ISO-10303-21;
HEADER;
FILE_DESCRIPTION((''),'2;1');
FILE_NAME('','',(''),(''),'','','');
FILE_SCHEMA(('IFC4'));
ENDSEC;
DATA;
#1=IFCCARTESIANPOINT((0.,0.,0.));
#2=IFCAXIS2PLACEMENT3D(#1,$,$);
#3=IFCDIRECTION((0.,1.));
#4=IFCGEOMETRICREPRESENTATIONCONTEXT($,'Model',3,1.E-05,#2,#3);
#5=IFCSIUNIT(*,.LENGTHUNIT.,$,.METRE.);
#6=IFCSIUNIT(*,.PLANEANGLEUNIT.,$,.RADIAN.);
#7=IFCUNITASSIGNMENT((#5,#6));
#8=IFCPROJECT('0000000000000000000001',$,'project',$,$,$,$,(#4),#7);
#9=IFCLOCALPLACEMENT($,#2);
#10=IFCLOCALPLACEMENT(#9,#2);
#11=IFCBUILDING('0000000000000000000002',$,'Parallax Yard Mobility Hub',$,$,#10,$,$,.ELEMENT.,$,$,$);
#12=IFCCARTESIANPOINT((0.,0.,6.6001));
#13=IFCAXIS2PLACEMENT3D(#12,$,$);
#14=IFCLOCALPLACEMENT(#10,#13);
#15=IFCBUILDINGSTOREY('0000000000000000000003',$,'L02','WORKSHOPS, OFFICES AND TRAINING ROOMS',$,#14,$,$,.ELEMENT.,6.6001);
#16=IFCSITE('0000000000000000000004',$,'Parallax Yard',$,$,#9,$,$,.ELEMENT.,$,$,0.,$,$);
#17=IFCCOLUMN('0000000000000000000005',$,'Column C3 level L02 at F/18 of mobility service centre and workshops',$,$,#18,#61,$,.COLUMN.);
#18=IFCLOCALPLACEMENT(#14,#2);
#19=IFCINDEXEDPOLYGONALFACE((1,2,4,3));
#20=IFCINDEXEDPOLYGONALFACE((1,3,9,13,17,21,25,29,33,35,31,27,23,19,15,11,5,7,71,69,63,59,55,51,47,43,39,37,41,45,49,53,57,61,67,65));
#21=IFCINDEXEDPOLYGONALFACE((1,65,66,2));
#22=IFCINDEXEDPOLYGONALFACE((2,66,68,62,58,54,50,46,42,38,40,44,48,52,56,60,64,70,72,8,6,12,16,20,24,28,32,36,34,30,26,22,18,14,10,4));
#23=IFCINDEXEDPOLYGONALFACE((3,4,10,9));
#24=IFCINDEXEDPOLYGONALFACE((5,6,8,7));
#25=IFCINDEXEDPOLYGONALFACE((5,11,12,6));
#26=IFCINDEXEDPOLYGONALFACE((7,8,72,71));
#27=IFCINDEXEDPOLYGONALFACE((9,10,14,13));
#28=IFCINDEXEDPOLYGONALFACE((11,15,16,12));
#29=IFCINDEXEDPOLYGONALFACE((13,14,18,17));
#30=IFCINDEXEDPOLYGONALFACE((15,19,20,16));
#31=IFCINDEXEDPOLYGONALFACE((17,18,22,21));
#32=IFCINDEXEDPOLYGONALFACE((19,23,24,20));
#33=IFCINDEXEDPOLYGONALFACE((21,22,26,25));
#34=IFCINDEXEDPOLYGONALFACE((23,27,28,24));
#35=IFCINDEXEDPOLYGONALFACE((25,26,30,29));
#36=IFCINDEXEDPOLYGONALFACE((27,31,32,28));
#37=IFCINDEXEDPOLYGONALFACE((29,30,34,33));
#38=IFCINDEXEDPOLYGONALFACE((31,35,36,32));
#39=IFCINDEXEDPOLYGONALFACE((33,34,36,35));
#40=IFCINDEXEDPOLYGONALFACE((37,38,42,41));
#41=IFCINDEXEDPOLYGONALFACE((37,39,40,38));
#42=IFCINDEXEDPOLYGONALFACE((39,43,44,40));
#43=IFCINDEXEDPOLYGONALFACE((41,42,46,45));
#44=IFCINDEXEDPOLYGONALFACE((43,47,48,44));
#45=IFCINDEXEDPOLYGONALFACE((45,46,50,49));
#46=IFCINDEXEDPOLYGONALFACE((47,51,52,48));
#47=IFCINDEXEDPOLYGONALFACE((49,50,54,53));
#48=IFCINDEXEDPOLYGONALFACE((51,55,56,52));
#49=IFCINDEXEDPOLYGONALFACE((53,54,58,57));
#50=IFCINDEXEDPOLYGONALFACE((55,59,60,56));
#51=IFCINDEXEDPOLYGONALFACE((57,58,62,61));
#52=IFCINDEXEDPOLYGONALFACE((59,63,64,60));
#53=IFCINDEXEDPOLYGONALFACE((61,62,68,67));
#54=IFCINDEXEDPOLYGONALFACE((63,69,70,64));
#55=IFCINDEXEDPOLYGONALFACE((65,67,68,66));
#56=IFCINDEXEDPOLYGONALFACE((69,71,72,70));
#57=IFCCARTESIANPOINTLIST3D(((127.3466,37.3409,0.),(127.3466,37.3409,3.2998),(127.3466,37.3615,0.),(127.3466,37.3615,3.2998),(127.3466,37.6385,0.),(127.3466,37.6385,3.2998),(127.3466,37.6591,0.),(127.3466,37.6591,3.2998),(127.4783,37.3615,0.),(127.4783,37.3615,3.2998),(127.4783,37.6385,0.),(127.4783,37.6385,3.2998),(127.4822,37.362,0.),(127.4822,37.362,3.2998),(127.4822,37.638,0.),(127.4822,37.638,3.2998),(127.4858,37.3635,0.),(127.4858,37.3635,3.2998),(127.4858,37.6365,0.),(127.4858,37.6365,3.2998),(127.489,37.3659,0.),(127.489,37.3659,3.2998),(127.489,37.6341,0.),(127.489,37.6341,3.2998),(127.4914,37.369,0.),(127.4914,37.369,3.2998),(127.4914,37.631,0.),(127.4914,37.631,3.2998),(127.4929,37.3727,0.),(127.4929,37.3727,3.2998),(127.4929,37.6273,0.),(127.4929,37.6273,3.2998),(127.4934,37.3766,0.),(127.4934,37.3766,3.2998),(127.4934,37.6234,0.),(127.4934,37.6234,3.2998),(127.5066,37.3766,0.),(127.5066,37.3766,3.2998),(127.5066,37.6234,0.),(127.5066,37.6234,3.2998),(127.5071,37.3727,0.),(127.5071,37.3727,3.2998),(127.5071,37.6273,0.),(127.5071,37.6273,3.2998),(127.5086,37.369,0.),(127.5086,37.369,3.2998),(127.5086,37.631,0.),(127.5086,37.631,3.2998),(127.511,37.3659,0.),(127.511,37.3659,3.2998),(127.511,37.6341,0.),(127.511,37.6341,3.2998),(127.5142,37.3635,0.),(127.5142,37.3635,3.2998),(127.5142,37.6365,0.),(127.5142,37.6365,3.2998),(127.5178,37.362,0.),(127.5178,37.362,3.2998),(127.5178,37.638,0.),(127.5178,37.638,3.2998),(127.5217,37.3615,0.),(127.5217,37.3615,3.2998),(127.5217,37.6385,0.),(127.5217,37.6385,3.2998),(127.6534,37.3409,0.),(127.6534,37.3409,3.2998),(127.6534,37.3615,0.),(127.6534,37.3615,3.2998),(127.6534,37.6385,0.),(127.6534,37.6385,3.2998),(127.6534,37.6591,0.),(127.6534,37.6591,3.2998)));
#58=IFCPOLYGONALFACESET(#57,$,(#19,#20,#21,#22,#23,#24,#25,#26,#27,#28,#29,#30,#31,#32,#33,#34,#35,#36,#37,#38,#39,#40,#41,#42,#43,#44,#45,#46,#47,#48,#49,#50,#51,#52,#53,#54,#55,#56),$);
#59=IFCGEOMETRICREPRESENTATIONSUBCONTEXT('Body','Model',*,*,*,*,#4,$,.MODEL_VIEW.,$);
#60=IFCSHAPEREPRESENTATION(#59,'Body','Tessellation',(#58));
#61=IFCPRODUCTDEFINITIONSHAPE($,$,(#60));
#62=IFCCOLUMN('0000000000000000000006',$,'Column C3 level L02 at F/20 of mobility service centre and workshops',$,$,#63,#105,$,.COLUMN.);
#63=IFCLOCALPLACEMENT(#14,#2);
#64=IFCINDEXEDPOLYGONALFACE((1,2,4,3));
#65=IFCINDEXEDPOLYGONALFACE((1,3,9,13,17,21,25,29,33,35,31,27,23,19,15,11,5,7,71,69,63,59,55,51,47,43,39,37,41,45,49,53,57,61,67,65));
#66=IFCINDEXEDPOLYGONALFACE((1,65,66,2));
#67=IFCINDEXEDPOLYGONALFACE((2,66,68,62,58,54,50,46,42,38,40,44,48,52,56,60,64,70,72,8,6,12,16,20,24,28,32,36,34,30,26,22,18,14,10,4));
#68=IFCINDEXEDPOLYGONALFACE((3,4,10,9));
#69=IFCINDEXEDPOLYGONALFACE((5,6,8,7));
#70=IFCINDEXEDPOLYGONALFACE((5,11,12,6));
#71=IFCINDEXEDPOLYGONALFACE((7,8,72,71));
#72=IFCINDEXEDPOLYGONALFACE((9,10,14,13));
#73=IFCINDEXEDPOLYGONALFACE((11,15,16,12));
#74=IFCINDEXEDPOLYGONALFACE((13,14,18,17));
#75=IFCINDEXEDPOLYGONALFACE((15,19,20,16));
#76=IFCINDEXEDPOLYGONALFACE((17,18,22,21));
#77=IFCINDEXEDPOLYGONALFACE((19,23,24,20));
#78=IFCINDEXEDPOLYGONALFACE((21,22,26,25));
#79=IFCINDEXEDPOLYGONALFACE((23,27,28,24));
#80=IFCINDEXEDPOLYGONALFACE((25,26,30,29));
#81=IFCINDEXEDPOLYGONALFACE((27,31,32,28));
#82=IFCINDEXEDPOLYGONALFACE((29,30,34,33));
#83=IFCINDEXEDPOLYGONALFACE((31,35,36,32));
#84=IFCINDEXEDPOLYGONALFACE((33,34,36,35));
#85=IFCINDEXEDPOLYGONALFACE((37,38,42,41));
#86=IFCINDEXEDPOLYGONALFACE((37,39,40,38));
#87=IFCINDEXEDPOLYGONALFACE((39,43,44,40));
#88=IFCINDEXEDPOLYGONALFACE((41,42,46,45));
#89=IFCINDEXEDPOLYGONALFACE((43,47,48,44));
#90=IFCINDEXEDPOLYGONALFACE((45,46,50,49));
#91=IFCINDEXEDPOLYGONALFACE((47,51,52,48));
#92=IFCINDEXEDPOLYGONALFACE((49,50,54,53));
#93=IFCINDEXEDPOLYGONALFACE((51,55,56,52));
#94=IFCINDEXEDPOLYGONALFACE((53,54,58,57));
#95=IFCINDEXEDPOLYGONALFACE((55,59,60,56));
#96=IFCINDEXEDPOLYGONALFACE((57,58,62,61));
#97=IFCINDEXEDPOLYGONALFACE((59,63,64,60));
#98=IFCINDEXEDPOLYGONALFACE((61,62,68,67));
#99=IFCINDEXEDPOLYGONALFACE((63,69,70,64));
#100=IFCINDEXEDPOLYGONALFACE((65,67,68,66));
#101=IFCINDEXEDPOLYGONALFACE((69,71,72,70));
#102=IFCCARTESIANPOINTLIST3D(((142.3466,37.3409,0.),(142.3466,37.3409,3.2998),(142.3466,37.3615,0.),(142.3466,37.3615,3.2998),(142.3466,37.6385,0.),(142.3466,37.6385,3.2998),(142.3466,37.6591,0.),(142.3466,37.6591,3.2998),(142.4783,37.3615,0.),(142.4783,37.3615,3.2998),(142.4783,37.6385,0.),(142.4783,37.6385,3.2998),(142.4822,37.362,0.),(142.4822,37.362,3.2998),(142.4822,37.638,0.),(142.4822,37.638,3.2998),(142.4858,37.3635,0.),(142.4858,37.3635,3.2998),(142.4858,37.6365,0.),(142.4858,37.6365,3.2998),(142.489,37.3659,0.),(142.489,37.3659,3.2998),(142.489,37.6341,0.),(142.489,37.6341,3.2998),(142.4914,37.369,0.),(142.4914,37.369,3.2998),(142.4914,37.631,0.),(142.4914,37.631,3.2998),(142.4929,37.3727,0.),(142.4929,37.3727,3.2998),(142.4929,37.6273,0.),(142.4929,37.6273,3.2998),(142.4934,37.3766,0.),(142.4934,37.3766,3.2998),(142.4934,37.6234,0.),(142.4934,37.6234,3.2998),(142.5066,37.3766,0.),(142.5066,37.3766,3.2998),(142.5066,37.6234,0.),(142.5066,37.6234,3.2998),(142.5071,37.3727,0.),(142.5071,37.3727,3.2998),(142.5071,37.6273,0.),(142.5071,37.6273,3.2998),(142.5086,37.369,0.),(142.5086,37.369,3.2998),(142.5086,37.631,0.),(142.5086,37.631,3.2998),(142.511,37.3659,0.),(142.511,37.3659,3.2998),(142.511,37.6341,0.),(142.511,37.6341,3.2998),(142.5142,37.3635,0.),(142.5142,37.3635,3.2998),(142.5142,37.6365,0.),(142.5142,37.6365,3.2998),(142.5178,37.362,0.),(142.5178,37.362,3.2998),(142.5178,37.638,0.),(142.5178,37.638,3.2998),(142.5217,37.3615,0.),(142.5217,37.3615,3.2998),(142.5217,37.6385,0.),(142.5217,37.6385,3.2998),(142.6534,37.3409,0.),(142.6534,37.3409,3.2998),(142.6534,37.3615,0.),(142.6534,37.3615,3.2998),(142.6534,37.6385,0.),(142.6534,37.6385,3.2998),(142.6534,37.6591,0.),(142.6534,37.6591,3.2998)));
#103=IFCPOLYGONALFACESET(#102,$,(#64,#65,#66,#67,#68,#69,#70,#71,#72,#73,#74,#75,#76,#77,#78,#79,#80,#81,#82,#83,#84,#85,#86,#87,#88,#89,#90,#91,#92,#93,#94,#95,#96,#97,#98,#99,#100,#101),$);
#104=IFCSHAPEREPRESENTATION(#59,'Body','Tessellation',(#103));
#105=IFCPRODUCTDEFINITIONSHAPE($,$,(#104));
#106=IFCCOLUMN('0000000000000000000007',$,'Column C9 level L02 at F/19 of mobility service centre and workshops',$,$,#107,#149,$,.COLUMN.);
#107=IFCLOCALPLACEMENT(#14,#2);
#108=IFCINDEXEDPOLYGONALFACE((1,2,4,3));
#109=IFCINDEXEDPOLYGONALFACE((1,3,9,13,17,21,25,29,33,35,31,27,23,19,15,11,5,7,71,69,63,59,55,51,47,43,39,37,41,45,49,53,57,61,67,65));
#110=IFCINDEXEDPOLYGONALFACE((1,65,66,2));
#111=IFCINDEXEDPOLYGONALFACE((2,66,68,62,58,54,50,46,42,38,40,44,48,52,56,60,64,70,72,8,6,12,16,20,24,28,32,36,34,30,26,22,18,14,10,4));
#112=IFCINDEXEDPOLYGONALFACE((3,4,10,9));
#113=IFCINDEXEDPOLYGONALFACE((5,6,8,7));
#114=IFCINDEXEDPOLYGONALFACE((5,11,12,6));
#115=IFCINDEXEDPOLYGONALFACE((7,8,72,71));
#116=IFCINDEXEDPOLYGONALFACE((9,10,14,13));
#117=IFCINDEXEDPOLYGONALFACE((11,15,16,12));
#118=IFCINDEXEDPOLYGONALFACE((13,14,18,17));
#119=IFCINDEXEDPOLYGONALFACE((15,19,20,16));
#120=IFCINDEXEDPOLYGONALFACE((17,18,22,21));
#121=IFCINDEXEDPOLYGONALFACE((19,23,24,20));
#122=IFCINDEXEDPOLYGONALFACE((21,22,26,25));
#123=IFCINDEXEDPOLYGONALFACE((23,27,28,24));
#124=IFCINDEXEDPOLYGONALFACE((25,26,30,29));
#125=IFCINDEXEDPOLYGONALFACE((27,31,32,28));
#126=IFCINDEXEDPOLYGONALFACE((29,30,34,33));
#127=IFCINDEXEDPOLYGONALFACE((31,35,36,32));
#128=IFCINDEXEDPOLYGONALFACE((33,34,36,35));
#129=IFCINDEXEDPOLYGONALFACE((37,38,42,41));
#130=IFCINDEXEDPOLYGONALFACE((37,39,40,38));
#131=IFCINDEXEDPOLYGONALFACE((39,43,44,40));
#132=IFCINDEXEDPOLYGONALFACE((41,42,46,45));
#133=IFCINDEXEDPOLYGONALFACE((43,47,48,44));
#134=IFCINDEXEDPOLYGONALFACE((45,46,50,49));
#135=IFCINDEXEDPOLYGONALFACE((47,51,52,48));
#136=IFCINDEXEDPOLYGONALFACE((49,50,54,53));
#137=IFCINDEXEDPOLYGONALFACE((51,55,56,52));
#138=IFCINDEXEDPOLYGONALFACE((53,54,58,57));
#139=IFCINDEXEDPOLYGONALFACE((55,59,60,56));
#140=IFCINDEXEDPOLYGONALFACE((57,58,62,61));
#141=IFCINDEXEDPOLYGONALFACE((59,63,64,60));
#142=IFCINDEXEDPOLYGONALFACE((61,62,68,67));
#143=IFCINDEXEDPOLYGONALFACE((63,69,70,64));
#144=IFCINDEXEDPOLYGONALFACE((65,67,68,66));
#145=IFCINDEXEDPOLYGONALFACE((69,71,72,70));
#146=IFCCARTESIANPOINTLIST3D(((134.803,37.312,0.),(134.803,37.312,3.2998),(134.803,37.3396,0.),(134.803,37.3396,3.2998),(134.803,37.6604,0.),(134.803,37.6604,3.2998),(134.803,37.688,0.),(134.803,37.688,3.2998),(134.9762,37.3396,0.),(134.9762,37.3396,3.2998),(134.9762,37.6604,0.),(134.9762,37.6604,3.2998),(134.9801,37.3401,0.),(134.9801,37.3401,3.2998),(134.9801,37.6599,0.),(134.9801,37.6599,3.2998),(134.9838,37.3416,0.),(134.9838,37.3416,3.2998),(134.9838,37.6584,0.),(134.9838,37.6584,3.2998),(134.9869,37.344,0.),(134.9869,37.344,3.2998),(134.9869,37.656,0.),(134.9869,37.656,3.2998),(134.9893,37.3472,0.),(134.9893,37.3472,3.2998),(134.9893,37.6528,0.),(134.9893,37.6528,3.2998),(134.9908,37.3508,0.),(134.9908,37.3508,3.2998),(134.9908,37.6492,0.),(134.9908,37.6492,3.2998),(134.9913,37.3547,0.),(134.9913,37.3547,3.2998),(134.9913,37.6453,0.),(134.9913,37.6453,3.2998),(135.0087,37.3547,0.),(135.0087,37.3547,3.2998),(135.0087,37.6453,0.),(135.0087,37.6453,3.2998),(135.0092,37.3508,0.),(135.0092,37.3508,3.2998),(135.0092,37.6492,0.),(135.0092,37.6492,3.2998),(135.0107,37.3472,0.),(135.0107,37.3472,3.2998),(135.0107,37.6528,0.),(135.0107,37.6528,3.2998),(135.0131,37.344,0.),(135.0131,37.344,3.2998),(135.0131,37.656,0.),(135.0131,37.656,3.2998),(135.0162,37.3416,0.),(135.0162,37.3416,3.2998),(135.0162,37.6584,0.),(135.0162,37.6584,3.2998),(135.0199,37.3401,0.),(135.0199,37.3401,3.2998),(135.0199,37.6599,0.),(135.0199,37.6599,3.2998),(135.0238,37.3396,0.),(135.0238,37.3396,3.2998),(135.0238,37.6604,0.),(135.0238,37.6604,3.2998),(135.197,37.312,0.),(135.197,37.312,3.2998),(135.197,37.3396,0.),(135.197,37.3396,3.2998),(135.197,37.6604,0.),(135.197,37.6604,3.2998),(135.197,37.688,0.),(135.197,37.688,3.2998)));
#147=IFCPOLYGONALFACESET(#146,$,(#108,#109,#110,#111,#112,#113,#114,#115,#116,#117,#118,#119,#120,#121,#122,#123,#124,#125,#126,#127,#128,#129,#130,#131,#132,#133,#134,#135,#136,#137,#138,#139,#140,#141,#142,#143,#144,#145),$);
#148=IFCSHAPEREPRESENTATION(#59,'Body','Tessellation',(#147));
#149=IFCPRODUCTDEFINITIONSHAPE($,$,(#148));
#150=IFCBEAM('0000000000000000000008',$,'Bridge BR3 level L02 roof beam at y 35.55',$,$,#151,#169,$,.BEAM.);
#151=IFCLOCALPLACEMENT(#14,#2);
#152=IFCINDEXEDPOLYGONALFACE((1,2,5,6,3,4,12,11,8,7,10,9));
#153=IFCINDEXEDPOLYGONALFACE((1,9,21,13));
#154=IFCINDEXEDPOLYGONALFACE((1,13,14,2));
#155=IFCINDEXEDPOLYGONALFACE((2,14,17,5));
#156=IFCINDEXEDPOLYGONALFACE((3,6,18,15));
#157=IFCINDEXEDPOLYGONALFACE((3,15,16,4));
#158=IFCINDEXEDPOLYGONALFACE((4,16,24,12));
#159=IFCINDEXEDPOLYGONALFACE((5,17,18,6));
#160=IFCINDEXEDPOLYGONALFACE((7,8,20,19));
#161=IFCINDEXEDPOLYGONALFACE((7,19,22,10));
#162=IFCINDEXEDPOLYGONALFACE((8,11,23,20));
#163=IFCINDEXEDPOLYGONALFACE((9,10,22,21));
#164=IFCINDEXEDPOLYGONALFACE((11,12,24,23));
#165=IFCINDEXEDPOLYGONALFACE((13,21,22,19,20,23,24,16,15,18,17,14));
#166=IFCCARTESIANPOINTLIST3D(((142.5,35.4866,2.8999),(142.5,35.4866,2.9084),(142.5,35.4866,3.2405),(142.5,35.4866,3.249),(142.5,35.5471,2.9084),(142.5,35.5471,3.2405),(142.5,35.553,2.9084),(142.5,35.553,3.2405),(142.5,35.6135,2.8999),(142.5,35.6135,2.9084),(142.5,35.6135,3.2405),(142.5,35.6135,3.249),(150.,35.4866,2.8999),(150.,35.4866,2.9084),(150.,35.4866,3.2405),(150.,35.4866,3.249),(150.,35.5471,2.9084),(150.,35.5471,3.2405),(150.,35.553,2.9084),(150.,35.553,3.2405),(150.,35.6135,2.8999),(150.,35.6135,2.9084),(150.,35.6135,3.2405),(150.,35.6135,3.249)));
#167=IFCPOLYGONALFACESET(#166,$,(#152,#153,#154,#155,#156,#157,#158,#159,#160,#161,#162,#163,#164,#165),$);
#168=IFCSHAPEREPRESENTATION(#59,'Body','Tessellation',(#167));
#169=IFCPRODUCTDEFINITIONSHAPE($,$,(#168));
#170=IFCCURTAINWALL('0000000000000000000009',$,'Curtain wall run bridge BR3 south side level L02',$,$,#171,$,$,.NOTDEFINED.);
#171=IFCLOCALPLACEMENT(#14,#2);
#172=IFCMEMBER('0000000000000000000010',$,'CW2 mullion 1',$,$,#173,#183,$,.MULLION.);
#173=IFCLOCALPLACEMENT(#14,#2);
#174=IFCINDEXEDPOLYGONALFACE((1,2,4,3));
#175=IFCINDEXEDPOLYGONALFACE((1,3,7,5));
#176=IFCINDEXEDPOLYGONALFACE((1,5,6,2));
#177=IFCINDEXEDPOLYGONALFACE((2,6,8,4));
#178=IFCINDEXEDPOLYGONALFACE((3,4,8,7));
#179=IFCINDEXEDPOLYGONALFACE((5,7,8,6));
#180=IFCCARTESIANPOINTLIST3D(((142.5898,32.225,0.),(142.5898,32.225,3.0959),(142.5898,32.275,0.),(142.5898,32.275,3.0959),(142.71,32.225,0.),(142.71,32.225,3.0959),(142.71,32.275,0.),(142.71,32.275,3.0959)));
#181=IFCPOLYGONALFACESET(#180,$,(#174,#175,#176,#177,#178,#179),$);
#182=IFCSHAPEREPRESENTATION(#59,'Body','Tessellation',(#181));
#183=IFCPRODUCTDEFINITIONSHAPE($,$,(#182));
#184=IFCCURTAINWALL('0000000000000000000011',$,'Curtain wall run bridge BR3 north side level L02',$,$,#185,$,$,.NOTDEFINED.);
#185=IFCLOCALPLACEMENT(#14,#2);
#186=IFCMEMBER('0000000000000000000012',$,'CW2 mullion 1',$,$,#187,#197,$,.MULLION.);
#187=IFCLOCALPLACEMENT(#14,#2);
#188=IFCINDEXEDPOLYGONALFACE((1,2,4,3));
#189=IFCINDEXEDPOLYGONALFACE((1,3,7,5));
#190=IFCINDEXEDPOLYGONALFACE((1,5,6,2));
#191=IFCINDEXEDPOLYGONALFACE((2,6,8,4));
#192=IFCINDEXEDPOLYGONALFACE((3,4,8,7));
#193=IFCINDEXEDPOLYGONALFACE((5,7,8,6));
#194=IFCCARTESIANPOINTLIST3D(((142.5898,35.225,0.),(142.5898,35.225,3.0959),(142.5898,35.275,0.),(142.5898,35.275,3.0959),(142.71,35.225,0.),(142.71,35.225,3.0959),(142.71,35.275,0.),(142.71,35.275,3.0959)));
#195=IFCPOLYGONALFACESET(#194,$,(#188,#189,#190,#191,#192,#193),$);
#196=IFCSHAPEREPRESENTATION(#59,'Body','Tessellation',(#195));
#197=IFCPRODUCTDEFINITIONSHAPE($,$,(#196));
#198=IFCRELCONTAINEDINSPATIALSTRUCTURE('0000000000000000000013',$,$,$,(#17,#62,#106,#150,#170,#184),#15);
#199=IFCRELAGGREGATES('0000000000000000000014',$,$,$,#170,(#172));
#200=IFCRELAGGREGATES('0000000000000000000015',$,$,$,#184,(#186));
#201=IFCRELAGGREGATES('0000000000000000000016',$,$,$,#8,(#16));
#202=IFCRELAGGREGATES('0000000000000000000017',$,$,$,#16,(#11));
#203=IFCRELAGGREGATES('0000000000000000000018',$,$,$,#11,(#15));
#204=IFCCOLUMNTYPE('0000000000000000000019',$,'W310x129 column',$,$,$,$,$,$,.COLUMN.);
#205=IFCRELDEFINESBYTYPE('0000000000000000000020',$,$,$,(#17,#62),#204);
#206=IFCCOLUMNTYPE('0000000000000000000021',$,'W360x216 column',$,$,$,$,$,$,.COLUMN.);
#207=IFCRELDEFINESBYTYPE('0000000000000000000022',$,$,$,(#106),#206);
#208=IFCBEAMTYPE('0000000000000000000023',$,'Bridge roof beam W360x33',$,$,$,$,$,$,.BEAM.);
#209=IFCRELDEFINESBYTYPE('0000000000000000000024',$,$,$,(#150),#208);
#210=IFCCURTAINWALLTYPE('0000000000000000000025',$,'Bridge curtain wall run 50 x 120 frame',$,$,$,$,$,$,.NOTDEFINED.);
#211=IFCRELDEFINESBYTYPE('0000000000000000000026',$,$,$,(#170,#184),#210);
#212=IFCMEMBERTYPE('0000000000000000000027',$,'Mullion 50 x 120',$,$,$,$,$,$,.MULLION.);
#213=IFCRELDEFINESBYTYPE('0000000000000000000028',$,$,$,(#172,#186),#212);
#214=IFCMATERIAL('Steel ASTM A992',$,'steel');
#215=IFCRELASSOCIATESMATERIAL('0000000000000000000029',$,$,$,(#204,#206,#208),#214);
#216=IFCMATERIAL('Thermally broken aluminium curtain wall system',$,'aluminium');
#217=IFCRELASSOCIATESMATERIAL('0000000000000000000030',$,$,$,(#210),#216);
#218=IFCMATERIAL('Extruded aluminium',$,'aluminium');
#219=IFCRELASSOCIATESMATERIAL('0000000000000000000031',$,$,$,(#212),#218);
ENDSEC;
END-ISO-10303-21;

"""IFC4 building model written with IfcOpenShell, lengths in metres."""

from ifc_helpers import new_model, si_unit, direction, frame, origin, origin_2d, place, context, subcontext, project, spatial, rectangle, i_section, extrude, material, material_profile, profile_set, type_object, element, aggregate, save


model = new_model("IFC4")

# Units and contexts
model_context = context("Model", 3, precision=1e-05, world=origin(), true_north=direction((0.0, 1.0)))
body_context = subcontext(model_context, "Body", "Model", "MODEL_VIEW")
ifc_project = project(units=[si_unit("LENGTHUNIT", "METRE"), si_unit("PLANEANGLEUNIT", "RADIAN")], contexts=[model_context])

# Site, building, storey
site_placement = place(None, origin())
site = spatial("IfcSite", under=ifc_project, at=site_placement, Name="Parallax Yard", CompositionType="ELEMENT", RefElevation=0.0)
building_placement = place(site_placement, origin())
building = spatial("IfcBuilding", under=site, at=building_placement, Name="Parallax Yard Mobility Hub", CompositionType="ELEMENT")
storey_placement = place(building_placement, frame((0.0, 0.0, 6.6001)))
storey = spatial("IfcBuildingStorey", under=building, at=storey_placement, Name="L02", Description="WORKSHOPS, OFFICES AND TRAINING ROOMS", CompositionType="ELEMENT", Elevation=6.6001)

# Columns
ifc_material_1 = material(Name="Steel ASTM A992", Category="steel")
ifc_material_profile_1 = material_profile(ifc_material_1, i_section(OverallWidth=0.3069, OverallDepth=0.3181, WebThickness=0.0132, FlangeThickness=0.0205, FilletRadius=0.0151, at=origin_2d()), Name="W310x129")
ifc_profile_set_1 = profile_set([ifc_material_profile_1], Name="Steel ASTM A992")
column_type_1 = type_object("IfcColumnType", Name="W310x129 column", PredefinedType="COLUMN", material=ifc_profile_set_1)
for number, where, z_axis, x_axis, name in (
    (1, (127.5, 37.5, 0.0), (0.0, 0.0, 1.0), (1.0, 0.0, 0.0), "Column C3 level L02 at F/18 of mobility service centre and workshops"),
    (2, (142.5, 37.5, 0.0), (0.0, 0.0, 1.0), (1.0, 0.0, 0.0), "Column C3 level L02 at F/20 of mobility service centre and workshops"),
):
    element("IfcColumn", number, at=place(storey_placement, frame(where, z_axis=z_axis, x_axis=x_axis)), inside=storey, type_object=column_type_1, Name=name, PredefinedType="COLUMN", context=body_context, shape_type="SweptSolid", body=[
        extrude(i_section(OverallWidth=0.3069, OverallDepth=0.3181, WebThickness=0.0132, FlangeThickness=0.0205, FilletRadius=0.0151, at=origin_2d()), origin(), (0.0, 0.0, 1.0), 3.2998),
    ])
ifc_material_profile_2 = material_profile(ifc_material_1, i_section(OverallWidth=0.394, OverallDepth=0.376, WebThickness=0.0173, FlangeThickness=0.0276, FilletRadius=0.0151, at=origin_2d()), Name="W360x216")
ifc_profile_set_2 = profile_set([ifc_material_profile_2], Name="Steel ASTM A992")
column_type_2 = type_object("IfcColumnType", Name="W360x216 column", PredefinedType="COLUMN", material=ifc_profile_set_2)
column_placement = place(storey_placement, frame((135.0, 37.5, 0.0), z_axis=(0.0, 0.0, 1.0), x_axis=(1.0, 0.0, 0.0)))
element("IfcColumn", 3, at=column_placement, inside=storey, type_object=column_type_2, Name="Column C9 level L02 at F/19 of mobility service centre and workshops", PredefinedType="COLUMN", context=body_context, shape_type="SweptSolid", body=[
    extrude(i_section(OverallWidth=0.394, OverallDepth=0.376, WebThickness=0.0173, FlangeThickness=0.0276, FilletRadius=0.0151, at=origin_2d()), origin(), (0.0, 0.0, 1.0), 3.2998),
])

# Beam
ifc_material_profile_3 = material_profile(ifc_material_1, i_section(OverallWidth=0.127, OverallDepth=0.3491, WebThickness=0.0059, FlangeThickness=0.0085, at=origin_2d()), Name="W360x33")
ifc_profile_set_3 = profile_set([ifc_material_profile_3], Name="Steel ASTM A992")
beam_type_1 = type_object("IfcBeamType", Name="Bridge roof beam W360x33", PredefinedType="BEAM", material=ifc_profile_set_3)
beam_1_placement = place(storey_placement, frame((142.5, 35.55, 3.0745), z_axis=(1.0, 0.0, 0.0), x_axis=(0.0, 1.0, 0.0)))
element("IfcBeam", 4, at=beam_1_placement, inside=storey, type_object=beam_type_1, Name="Bridge BR3 level L02 roof beam at y 35.55", PredefinedType="BEAM", context=body_context, shape_type="SweptSolid", body=[
    extrude(i_section(OverallWidth=0.127, OverallDepth=0.3491, WebThickness=0.0059, FlangeThickness=0.0085, at=origin_2d()), origin(), (0.0, 0.0, 1.0), 7.5),
])

# Curtain walls, members
ifc_material_2 = material(Name="Thermally broken aluminium curtain wall system", Category="aluminium")
curtain_wall_type = type_object("IfcCurtainWallType", Name="Bridge curtain wall run 50 x 120 frame", PredefinedType="NOTDEFINED", material=ifc_material_2)
curtain_wall_1_placement = place(storey_placement, origin())
curtain_wall_1 = element("IfcCurtainWall", 5, at=curtain_wall_1_placement, inside=storey, type_object=curtain_wall_type, Name="Curtain wall run bridge BR3 south side level L02", PredefinedType="NOTDEFINED")
ifc_material_3 = material(Name="Extruded aluminium", Category="aluminium")
ifc_material_profile_4 = material_profile(ifc_material_3, rectangle(XDim=0.05, YDim=0.1201, at=origin_2d()), Name="Mullion 50 x 120")
ifc_profile_set_4 = profile_set([ifc_material_profile_4], Name="Extruded aluminium")
member_type_1 = type_object("IfcMemberType", Name="Mullion 50 x 120", PredefinedType="MULLION", material=ifc_profile_set_4)
member_1_placement = place(storey_placement, frame((142.6499, 32.25, 0.0), z_axis=(0.0, 0.0, 1.0), x_axis=(0.0, 1.0, 0.0)))
member_1 = element("IfcMember", 6, at=member_1_placement, type_object=member_type_1, Name="CW2 mullion 1", PredefinedType="MULLION", context=body_context, shape_type="SweptSolid", body=[
    extrude(rectangle(XDim=0.05, YDim=0.1201, at=origin_2d()), origin(), (0.0, 0.0, 1.0), 3.0959),
])
curtain_wall_2_placement = place(storey_placement, origin())
curtain_wall_2 = element("IfcCurtainWall", 7, at=curtain_wall_2_placement, inside=storey, type_object=curtain_wall_type, Name="Curtain wall run bridge BR3 north side level L02", PredefinedType="NOTDEFINED")
member_2_placement = place(storey_placement, frame((142.6499, 35.25, 0.0), z_axis=(0.0, 0.0, 1.0), x_axis=(0.0, 1.0, 0.0)))
member_2 = element("IfcMember", 8, at=member_2_placement, type_object=member_type_1, Name="CW2 mullion 1", PredefinedType="MULLION", context=body_context, shape_type="SweptSolid", body=[
    extrude(rectangle(XDim=0.05, YDim=0.1201, at=origin_2d()), origin(), (0.0, 0.0, 1.0), 3.0959),
])

aggregate(curtain_wall_1, [member_1])
aggregate(curtain_wall_2, [member_2])

save(model, "model.ifc")
